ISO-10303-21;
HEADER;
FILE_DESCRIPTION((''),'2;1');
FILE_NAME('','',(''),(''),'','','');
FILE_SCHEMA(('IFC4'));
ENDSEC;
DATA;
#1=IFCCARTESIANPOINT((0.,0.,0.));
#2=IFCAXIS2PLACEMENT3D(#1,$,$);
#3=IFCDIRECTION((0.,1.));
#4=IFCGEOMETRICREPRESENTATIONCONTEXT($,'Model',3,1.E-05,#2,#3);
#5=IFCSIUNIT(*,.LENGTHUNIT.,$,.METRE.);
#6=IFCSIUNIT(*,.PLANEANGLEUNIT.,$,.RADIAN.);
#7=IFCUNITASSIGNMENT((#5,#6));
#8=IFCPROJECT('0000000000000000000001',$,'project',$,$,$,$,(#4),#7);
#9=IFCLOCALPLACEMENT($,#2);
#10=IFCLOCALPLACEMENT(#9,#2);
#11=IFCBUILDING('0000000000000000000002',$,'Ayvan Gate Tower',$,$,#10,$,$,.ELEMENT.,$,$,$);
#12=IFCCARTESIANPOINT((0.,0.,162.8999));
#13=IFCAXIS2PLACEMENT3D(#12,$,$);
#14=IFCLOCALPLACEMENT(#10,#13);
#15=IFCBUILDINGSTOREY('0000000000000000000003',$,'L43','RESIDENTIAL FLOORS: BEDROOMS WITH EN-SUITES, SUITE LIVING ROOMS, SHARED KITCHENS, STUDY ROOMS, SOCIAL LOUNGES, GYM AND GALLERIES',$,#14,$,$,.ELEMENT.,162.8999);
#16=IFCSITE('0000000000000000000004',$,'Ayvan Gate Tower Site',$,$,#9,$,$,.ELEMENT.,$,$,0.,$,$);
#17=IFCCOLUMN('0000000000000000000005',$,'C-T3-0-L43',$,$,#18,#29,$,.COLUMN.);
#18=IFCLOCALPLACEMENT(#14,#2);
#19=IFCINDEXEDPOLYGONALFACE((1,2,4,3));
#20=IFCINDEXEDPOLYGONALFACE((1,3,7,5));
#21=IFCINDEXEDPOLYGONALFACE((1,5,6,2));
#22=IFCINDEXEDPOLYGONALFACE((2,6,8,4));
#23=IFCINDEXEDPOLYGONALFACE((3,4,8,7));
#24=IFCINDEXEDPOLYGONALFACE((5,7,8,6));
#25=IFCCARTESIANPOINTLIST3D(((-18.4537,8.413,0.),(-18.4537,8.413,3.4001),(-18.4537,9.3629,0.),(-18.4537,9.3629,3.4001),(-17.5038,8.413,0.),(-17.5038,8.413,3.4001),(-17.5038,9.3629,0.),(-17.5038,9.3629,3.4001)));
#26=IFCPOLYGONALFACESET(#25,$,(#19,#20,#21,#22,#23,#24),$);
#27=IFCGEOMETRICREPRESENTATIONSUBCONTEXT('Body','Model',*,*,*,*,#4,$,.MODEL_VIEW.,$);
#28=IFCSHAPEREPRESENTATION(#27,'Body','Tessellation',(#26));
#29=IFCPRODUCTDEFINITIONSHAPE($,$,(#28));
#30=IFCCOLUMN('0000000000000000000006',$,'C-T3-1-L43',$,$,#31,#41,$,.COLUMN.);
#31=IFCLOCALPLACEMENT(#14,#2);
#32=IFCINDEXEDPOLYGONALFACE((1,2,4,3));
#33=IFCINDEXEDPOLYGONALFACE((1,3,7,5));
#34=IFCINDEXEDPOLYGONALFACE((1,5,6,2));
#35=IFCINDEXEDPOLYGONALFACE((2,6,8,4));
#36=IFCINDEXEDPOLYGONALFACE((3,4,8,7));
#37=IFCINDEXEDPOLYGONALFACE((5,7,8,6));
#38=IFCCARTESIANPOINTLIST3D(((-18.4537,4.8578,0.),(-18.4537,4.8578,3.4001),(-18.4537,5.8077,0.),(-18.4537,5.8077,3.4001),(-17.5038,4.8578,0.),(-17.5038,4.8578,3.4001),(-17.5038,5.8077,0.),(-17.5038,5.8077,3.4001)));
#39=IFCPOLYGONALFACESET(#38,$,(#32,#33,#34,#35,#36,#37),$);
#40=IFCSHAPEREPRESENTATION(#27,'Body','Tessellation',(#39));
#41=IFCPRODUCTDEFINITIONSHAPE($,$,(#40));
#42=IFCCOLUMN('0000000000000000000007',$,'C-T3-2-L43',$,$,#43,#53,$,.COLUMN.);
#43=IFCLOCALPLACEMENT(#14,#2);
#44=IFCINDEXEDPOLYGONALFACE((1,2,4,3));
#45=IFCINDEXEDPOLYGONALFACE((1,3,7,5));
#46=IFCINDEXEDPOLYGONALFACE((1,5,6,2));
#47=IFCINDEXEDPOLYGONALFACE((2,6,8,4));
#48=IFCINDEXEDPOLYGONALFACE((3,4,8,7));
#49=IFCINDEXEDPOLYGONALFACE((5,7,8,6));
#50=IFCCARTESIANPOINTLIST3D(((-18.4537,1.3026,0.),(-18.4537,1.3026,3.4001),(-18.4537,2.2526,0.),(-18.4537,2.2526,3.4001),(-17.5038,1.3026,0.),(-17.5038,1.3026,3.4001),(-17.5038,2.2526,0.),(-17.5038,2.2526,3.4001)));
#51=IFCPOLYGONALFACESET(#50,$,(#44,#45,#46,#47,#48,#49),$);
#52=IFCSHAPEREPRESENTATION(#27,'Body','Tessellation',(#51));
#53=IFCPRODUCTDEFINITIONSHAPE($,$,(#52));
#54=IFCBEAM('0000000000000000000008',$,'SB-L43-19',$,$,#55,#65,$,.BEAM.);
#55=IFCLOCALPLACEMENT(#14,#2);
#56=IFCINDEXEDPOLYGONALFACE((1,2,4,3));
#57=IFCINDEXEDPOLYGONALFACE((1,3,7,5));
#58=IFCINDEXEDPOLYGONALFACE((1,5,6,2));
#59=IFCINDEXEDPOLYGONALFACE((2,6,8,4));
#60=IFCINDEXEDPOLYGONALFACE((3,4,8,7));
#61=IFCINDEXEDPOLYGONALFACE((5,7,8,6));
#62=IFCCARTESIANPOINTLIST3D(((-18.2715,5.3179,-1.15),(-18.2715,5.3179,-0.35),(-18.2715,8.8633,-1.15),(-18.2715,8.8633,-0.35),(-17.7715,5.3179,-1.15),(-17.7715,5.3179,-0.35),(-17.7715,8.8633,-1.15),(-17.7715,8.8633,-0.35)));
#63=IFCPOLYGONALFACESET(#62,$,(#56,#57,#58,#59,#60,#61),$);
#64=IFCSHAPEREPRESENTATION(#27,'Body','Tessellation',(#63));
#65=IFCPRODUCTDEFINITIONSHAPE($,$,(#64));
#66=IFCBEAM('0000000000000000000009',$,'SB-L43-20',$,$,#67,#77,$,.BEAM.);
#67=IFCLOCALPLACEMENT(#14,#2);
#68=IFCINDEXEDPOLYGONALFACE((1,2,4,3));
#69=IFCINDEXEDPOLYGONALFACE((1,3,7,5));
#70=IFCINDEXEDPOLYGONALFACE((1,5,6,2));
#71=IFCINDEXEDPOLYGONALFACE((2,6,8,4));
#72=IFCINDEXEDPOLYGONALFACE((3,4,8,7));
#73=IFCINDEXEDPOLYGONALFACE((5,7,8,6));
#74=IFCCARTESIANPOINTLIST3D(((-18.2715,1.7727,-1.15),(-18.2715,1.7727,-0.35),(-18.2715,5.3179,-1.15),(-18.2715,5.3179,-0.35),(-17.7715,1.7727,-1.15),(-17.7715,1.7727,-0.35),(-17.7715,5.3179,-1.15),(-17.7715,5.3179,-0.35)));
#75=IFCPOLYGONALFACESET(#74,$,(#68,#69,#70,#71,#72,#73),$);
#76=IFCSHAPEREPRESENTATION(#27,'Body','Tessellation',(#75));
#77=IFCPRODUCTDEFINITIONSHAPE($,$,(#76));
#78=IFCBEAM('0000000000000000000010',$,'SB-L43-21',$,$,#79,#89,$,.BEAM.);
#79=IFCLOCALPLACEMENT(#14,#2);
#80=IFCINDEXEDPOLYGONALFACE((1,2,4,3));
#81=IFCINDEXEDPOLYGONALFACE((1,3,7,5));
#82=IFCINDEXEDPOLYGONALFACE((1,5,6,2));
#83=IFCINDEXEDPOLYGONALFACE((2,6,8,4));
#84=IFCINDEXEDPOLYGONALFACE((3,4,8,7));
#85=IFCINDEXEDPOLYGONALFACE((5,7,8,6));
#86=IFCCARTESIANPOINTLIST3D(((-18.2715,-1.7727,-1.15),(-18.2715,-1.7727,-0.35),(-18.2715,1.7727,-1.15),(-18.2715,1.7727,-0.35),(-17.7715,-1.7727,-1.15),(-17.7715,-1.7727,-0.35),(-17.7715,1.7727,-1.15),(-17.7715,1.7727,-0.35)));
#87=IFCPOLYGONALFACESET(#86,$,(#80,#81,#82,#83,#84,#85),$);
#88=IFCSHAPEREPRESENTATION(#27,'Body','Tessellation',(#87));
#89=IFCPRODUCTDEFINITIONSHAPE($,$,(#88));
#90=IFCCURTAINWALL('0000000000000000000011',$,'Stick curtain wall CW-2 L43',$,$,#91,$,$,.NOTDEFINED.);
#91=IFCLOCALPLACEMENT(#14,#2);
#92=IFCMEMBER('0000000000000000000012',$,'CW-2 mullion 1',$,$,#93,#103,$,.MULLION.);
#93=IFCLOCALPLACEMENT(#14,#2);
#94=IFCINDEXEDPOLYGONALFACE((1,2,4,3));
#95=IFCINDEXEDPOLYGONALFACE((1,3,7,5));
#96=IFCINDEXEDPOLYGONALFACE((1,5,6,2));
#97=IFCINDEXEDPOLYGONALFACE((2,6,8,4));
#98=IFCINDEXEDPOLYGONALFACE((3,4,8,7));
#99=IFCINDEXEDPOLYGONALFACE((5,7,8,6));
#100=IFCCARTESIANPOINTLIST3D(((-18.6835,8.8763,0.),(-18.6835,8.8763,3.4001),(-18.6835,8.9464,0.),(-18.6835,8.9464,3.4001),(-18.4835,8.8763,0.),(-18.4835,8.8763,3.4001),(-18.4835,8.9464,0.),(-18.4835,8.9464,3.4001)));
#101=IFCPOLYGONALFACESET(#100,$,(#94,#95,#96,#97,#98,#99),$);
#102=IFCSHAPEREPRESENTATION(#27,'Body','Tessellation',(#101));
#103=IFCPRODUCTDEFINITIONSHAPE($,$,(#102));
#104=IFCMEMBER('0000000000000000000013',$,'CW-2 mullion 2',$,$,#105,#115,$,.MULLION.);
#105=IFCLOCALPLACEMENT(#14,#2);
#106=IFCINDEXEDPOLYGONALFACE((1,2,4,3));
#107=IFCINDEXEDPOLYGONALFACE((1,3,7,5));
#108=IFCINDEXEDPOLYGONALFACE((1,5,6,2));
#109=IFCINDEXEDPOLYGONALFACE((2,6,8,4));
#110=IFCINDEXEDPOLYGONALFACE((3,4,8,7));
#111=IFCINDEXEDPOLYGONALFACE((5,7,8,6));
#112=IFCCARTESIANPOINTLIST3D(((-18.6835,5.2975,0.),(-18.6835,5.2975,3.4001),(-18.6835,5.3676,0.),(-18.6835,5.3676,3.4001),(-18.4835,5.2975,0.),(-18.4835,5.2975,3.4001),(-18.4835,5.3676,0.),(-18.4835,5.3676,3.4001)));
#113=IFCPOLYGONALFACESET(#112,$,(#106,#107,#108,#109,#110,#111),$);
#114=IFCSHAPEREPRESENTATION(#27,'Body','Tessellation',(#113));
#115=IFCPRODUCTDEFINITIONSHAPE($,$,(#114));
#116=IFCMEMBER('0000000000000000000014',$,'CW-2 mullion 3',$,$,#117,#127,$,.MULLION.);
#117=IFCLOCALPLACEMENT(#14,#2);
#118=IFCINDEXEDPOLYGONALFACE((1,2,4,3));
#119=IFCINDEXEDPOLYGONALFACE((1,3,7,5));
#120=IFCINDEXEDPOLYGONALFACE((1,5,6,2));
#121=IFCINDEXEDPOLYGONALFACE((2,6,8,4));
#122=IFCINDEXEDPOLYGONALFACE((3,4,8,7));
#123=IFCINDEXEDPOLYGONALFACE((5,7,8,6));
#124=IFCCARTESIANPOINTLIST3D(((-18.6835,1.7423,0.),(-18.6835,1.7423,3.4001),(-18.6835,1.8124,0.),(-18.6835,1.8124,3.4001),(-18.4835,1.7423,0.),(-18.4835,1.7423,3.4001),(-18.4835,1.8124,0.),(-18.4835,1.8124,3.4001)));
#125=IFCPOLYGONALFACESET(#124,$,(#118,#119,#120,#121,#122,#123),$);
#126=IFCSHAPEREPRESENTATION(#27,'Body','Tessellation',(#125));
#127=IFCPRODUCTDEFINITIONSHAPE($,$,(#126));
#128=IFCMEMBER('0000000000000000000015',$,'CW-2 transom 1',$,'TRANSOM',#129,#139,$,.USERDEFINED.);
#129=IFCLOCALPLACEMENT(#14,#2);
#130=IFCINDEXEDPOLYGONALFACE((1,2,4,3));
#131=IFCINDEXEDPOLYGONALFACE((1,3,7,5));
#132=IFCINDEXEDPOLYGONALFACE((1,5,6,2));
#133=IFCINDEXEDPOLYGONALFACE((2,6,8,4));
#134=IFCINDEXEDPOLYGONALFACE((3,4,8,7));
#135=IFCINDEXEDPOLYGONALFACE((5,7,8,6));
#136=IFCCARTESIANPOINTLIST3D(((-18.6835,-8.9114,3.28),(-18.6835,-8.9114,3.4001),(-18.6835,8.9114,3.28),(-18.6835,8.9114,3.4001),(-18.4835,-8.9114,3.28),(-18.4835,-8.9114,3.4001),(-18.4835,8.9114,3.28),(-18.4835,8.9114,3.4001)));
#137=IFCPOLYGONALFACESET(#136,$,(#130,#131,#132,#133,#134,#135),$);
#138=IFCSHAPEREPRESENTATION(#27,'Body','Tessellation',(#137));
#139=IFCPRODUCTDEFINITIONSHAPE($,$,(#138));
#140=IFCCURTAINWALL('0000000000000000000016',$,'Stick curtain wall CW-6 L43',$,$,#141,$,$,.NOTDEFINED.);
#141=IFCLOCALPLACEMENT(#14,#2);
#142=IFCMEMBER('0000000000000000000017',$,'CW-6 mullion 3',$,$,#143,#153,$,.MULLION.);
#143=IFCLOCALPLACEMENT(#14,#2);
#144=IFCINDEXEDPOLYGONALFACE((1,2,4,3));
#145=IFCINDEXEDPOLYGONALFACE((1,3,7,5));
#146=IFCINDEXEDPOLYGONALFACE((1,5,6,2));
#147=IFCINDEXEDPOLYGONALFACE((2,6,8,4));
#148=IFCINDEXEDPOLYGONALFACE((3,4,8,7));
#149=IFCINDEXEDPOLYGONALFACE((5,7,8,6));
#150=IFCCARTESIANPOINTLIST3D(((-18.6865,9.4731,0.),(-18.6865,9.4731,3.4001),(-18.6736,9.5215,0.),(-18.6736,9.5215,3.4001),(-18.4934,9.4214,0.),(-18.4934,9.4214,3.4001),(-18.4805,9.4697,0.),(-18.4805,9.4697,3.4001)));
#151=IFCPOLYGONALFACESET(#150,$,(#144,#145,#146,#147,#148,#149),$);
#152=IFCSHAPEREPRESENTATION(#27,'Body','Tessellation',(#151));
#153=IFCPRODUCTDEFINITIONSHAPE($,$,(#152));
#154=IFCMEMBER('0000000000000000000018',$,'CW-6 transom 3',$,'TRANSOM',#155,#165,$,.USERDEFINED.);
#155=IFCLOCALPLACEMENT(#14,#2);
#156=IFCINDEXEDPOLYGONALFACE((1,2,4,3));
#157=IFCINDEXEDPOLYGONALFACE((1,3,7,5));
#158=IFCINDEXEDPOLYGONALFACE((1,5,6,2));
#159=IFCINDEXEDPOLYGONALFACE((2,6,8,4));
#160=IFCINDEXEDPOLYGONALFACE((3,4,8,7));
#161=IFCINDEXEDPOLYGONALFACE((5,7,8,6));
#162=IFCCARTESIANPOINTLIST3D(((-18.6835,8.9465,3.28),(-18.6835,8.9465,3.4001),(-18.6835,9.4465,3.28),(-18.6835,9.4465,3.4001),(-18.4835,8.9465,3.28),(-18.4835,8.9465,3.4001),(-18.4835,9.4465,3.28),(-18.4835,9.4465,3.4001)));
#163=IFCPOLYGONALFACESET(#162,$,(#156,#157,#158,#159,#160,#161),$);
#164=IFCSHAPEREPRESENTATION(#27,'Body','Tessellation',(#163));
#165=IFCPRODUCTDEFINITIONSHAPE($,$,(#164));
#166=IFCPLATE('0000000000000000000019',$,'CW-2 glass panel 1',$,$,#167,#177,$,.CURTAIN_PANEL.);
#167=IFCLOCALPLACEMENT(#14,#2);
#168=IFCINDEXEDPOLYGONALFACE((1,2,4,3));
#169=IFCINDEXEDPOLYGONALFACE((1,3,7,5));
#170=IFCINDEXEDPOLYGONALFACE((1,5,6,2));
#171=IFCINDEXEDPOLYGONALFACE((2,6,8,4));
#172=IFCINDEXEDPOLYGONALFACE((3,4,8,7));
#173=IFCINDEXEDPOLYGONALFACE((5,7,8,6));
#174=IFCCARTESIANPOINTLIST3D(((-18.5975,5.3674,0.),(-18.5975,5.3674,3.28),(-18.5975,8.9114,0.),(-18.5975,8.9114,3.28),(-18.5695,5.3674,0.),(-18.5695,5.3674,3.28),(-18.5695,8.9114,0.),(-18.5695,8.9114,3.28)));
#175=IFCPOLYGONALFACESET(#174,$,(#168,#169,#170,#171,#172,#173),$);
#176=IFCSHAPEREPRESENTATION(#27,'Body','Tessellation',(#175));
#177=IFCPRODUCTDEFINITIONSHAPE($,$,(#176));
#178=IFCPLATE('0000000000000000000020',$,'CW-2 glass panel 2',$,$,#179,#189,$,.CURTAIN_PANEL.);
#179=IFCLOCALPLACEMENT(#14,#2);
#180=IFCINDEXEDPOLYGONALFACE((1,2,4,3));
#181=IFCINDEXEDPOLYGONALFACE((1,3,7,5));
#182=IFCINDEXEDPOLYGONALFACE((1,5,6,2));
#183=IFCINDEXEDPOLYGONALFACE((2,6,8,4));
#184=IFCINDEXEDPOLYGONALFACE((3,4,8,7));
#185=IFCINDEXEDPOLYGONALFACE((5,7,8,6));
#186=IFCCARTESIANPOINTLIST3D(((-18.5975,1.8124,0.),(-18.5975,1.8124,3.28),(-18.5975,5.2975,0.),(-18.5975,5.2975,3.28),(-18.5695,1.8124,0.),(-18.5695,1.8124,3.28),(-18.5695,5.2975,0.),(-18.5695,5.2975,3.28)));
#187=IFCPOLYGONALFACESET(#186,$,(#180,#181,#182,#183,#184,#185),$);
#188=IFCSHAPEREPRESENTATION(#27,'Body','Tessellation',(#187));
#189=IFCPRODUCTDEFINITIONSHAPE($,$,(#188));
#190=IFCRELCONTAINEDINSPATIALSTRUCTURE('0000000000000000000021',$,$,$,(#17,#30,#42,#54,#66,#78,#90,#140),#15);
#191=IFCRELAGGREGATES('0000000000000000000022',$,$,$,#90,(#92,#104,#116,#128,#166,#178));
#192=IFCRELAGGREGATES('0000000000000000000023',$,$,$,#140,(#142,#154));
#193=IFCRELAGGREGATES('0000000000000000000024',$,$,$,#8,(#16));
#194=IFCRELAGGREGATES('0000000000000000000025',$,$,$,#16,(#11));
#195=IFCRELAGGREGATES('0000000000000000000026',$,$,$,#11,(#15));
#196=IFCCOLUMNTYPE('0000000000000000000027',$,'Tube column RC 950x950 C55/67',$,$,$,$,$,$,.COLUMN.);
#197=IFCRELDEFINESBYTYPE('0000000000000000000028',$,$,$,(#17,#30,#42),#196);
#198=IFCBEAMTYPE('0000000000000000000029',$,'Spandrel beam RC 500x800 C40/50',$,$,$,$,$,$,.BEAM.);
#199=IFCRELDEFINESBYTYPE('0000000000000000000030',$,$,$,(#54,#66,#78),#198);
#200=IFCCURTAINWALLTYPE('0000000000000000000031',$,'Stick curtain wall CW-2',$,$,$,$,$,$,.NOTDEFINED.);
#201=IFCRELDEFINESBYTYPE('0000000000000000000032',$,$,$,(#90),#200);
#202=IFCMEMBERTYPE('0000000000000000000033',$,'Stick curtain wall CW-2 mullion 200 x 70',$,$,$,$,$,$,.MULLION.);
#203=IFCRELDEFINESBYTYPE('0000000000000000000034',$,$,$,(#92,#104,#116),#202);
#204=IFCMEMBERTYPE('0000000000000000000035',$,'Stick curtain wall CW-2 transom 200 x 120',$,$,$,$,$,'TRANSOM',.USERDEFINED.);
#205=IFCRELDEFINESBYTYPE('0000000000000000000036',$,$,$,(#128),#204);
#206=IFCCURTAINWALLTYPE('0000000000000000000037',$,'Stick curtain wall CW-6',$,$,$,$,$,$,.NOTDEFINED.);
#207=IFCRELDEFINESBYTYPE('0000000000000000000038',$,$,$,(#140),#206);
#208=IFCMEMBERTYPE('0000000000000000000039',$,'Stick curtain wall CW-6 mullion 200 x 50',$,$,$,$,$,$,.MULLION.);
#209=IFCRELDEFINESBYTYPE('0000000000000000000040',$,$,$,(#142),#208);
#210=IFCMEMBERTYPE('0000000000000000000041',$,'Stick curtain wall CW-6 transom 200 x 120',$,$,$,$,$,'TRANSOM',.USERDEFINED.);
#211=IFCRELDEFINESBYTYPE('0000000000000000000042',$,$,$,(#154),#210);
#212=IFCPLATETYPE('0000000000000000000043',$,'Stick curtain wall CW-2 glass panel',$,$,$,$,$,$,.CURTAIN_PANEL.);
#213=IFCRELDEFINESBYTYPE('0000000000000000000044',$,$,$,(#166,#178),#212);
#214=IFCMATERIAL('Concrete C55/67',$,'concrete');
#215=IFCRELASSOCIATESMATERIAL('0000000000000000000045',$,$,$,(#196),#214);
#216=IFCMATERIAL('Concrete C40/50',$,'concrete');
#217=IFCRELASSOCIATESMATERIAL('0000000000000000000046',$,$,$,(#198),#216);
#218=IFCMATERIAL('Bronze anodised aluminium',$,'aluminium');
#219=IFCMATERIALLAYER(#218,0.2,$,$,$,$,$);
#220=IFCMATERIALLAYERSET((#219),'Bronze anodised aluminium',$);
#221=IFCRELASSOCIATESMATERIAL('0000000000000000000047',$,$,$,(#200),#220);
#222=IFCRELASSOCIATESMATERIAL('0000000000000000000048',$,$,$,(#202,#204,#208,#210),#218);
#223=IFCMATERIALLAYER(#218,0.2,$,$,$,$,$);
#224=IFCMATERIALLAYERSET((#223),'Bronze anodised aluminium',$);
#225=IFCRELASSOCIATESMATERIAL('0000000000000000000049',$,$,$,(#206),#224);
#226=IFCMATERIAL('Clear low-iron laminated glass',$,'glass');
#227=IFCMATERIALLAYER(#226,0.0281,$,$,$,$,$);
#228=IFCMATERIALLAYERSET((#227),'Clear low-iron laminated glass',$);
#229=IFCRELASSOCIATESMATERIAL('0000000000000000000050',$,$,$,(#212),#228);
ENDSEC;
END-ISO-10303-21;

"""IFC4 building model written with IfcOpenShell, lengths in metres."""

from ifc_helpers import new_model, si_unit, direction, frame, origin, origin_2d, place, context, subcontext, project, spatial, rectangle, extrude, material, layer, layer_set, material_profile, profile_set, type_object, element, aggregate, save


model = new_model("IFC4")

# Units and contexts
model_context = context("Model", 3, precision=1e-05, world=origin(), true_north=direction((0.0, 1.0)))
body_context = subcontext(model_context, "Body", "Model", "MODEL_VIEW")
ifc_project = project(units=[si_unit("LENGTHUNIT", "METRE"), si_unit("PLANEANGLEUNIT", "RADIAN")], contexts=[model_context])

# Site, building, storey
site_placement = place(None, origin())
site = spatial("IfcSite", under=ifc_project, at=site_placement, Name="Ayvan Gate Tower Site", CompositionType="ELEMENT", RefElevation=0.0)
building_placement = place(site_placement, origin())
building = spatial("IfcBuilding", under=site, at=building_placement, Name="Ayvan Gate Tower", CompositionType="ELEMENT")
storey_placement = place(building_placement, frame((0.0, 0.0, 162.8999)))
storey = spatial("IfcBuildingStorey", under=building, at=storey_placement, Name="L43", Description="RESIDENTIAL FLOORS: BEDROOMS WITH EN-SUITES, SUITE LIVING ROOMS, SHARED KITCHENS, STUDY ROOMS, SOCIAL LOUNGES, GYM AND GALLERIES", CompositionType="ELEMENT", Elevation=162.8999)

# Columns
ifc_material_1 = material(Name="Concrete C55/67", Category="concrete")
ifc_material_profile_1 = material_profile(ifc_material_1, rectangle(XDim=0.95, YDim=0.95, at=origin_2d()), Name="RC 950x950")
ifc_profile_set_1 = profile_set([ifc_material_profile_1], Name="Concrete C55/67")
column_type = type_object("IfcColumnType", Name="Tube column RC 950x950 C55/67", PredefinedType="COLUMN", material=ifc_profile_set_1)
for number, where, z_axis, x_axis, name in (
    (1, (-17.9788, 8.8879, 0.0), (0.0, 0.0, 1.0), (-1.0, 0.0, 0.0), "C-T3-0-L43"),
    (2, (-17.9788, 5.3328, 0.0), (0.0, 0.0, 1.0), (-1.0, 0.0, 0.0), "C-T3-1-L43"),
    (3, (-17.9788, 1.7776, 0.0), (0.0, 0.0, 1.0), (-1.0, 0.0, 0.0), "C-T3-2-L43"),
):
    element("IfcColumn", number, at=place(storey_placement, frame(where, z_axis=z_axis, x_axis=x_axis)), inside=storey, type_object=column_type, Name=name, PredefinedType="COLUMN", context=body_context, shape_type="SweptSolid", body=[
        extrude(rectangle(XDim=0.95, YDim=0.95, at=origin_2d()), origin(), (0.0, 0.0, 1.0), 3.4001),
    ])

# Beams
ifc_material_2 = material(Name="Concrete C40/50", Category="concrete")
ifc_material_profile_2 = material_profile(ifc_material_2, rectangle(XDim=0.5, YDim=0.8, at=origin_2d()), Name="RC 500x800")
ifc_profile_set_2 = profile_set([ifc_material_profile_2], Name="Concrete C40/50")
beam_type = type_object("IfcBeamType", Name="Spandrel beam RC 500x800 C40/50", PredefinedType="BEAM", material=ifc_profile_set_2)
beam_1_placement = place(storey_placement, frame((-18.0215, 8.8633, -0.75), z_axis=(0.0, -1.0, 0.0), x_axis=(1.0, 0.0, 0.0)))
element("IfcBeam", 4, at=beam_1_placement, inside=storey, type_object=beam_type, Name="SB-L43-19", PredefinedType="BEAM", context=body_context, shape_type="SweptSolid", body=[
    extrude(rectangle(XDim=0.5, YDim=0.8, at=origin_2d()), origin(), (0.0, 0.0, 1.0), 3.5454),
])
beam_2_placement = place(storey_placement, frame((-18.0215, 5.3179, -0.75), z_axis=(0.0, -1.0, 0.0), x_axis=(1.0, 0.0, 0.0)))
element("IfcBeam", 5, at=beam_2_placement, inside=storey, type_object=beam_type, Name="SB-L43-20", PredefinedType="BEAM", context=body_context, shape_type="SweptSolid", body=[
    extrude(rectangle(XDim=0.5, YDim=0.8, at=origin_2d()), origin(), (0.0, 0.0, 1.0), 3.5452),
])
beam_3_placement = place(storey_placement, frame((-18.0215, 1.7727, -0.75), z_axis=(0.0, -1.0, 0.0), x_axis=(1.0, 0.0, 0.0)))
element("IfcBeam", 6, at=beam_3_placement, inside=storey, type_object=beam_type, Name="SB-L43-21", PredefinedType="BEAM", context=body_context, shape_type="SweptSolid", body=[
    extrude(rectangle(XDim=0.5, YDim=0.8, at=origin_2d()), origin(), (0.0, 0.0, 1.0), 3.5454),
])

# Curtain walls, members
ifc_material_3 = material(Name="Bronze anodised aluminium", Category="aluminium")
ifc_layer_1 = layer(ifc_material_3, 0.2)
ifc_layer_set_1 = layer_set([ifc_layer_1], Name="Bronze anodised aluminium")
curtain_wall_type_1 = type_object("IfcCurtainWallType", Name="Stick curtain wall CW-2", PredefinedType="NOTDEFINED", material=ifc_layer_set_1)
curtain_wall_1_placement = place(storey_placement, origin())
curtain_wall_1 = element("IfcCurtainWall", 7, at=curtain_wall_1_placement, inside=storey, type_object=curtain_wall_type_1, Name="Stick curtain wall CW-2 L43", PredefinedType="NOTDEFINED")
ifc_material_profile_3 = material_profile(ifc_material_3, rectangle(XDim=0.2, YDim=0.0701, at=origin_2d()), Name="Stick curtain wall CW-2 mullion 200 x 70")
ifc_profile_set_3 = profile_set([ifc_material_profile_3], Name="Bronze anodised aluminium")
member_type_1 = type_object("IfcMemberType", Name="Stick curtain wall CW-2 mullion 200 x 70", PredefinedType="MULLION", material=ifc_profile_set_3)
member_1_placement = place(storey_placement, frame((-18.5835, 8.9114, 0.0), z_axis=(0.0, 0.0, 1.0), x_axis=(-1.0, 0.0, 0.0)))
member_1 = element("IfcMember", 8, at=member_1_placement, type_object=member_type_1, Name="CW-2 mullion 1", PredefinedType="MULLION", context=body_context, shape_type="SweptSolid", body=[
    extrude(rectangle(XDim=0.2, YDim=0.0701, at=origin_2d()), origin(), (0.0, 0.0, 1.0), 3.4001),
])
member_2_placement = place(storey_placement, frame((-18.5835, 5.3325, 0.0), z_axis=(0.0, 0.0, 1.0), x_axis=(-1.0, 0.0, 0.0)))
member_2 = element("IfcMember", 9, at=member_2_placement, type_object=member_type_1, Name="CW-2 mullion 2", PredefinedType="MULLION", context=body_context, shape_type="SweptSolid", body=[
    extrude(rectangle(XDim=0.2, YDim=0.0701, at=origin_2d()), origin(), (0.0, 0.0, 1.0), 3.4001),
])
member_3_placement = place(storey_placement, frame((-18.5835, 1.7773, 0.0), z_axis=(0.0, 0.0, 1.0), x_axis=(-1.0, 0.0, 0.0)))
member_3 = element("IfcMember", 10, at=member_3_placement, type_object=member_type_1, Name="CW-2 mullion 3", PredefinedType="MULLION", context=body_context, shape_type="SweptSolid", body=[
    extrude(rectangle(XDim=0.2, YDim=0.0701, at=origin_2d()), origin(), (0.0, 0.0, 1.0), 3.4001),
])
ifc_material_profile_4 = material_profile(ifc_material_3, rectangle(XDim=0.2, YDim=0.1201, at=origin_2d()), Name="Stick curtain wall CW-2 transom 200 x 120")
ifc_profile_set_4 = profile_set([ifc_material_profile_4], Name="Bronze anodised aluminium")
member_type_2 = type_object("IfcMemberType", Name="Stick curtain wall CW-2 transom 200 x 120", ElementType="TRANSOM", PredefinedType="USERDEFINED", material=ifc_profile_set_4)
member_4_placement = place(storey_placement, frame((-18.5835, 8.9114, 3.3401), z_axis=(0.0, -1.0, 0.0), x_axis=(1.0, 0.0, 0.0)))
member_4 = element("IfcMember", 11, at=member_4_placement, type_object=member_type_2, Name="CW-2 transom 1", ObjectType="TRANSOM", PredefinedType="USERDEFINED", context=body_context, shape_type="SweptSolid", body=[
    extrude(rectangle(XDim=0.2, YDim=0.1201, at=origin_2d()), origin(), (0.0, 0.0, 1.0), 17.8228),
])
ifc_layer_2 = layer(ifc_material_3, 0.2)
ifc_layer_set_2 = layer_set([ifc_layer_2], Name="Bronze anodised aluminium")
curtain_wall_type_2 = type_object("IfcCurtainWallType", Name="Stick curtain wall CW-6", PredefinedType="NOTDEFINED", material=ifc_layer_set_2)
curtain_wall_2_placement = place(storey_placement, origin())
curtain_wall_2 = element("IfcCurtainWall", 12, at=curtain_wall_2_placement, inside=storey, type_object=curtain_wall_type_2, Name="Stick curtain wall CW-6 L43", PredefinedType="NOTDEFINED")
ifc_material_profile_5 = material_profile(ifc_material_3, rectangle(XDim=0.2, YDim=0.05, at=origin_2d()), Name="Stick curtain wall CW-6 mullion 200 x 50")
ifc_profile_set_5 = profile_set([ifc_material_profile_5], Name="Bronze anodised aluminium")
member_type_3 = type_object("IfcMemberType", Name="Stick curtain wall CW-6 mullion 200 x 50", PredefinedType="MULLION", material=ifc_profile_set_5)
member_5_placement = place(storey_placement, frame((-18.5835, 9.4714, 0.0), z_axis=(0.0, 0.0, 1.0), x_axis=(-0.965926, 0.258819, 0.0)))
member_5 = element("IfcMember", 13, at=member_5_placement, type_object=member_type_3, Name="CW-6 mullion 3", PredefinedType="MULLION", context=body_context, shape_type="SweptSolid", body=[
    extrude(rectangle(XDim=0.2, YDim=0.05, at=origin_2d()), origin(), (0.0, 0.0, 1.0), 3.4001),
])
ifc_material_profile_6 = material_profile(ifc_material_3, rectangle(XDim=0.2, YDim=0.1201, at=origin_2d()), Name="Stick curtain wall CW-6 transom 200 x 120")
ifc_profile_set_6 = profile_set([ifc_material_profile_6], Name="Bronze anodised aluminium")
member_type_4 = type_object("IfcMemberType", Name="Stick curtain wall CW-6 transom 200 x 120", ElementType="TRANSOM", PredefinedType="USERDEFINED", material=ifc_profile_set_6)
member_6_placement = place(storey_placement, frame((-18.5835, 9.4465, 3.3401), z_axis=(0.0, -1.0, 0.0), x_axis=(1.0, 0.0, 0.0)))
member_6 = element("IfcMember", 14, at=member_6_placement, type_object=member_type_4, Name="CW-6 transom 3", ObjectType="TRANSOM", PredefinedType="USERDEFINED", context=body_context, shape_type="SweptSolid", body=[
    extrude(rectangle(XDim=0.2, YDim=0.1201, at=origin_2d()), origin(), (0.0, 0.0, 1.0), 0.5),
])

# Plates
ifc_material_4 = material(Name="Clear low-iron laminated glass", Category="glass")
ifc_layer_3 = layer(ifc_material_4, 0.0281)
ifc_layer_set_3 = layer_set([ifc_layer_3], Name="Clear low-iron laminated glass")
plate_type_1 = type_object("IfcPlateType", Name="Stick curtain wall CW-2 glass panel", PredefinedType="CURTAIN_PANEL", material=ifc_layer_set_3)
plate_1_placement = place(storey_placement, frame((-18.5835, 7.1394, 0.0), z_axis=(0.0, 0.0, 1.0), x_axis=(0.0, -1.0, 0.0)))
plate_1 = element("IfcPlate", 15, at=plate_1_placement, type_object=plate_type_1, Name="CW-2 glass panel 1", PredefinedType="CURTAIN_PANEL", context=body_context, shape_type="SweptSolid", body=[
    extrude(rectangle(XDim=3.5439, YDim=0.0281, at=origin_2d()), origin(), (0.0, 0.0, 1.0), 3.28),
])
plate_2_placement = place(storey_placement, frame((-18.5835, 3.5549, 0.0), z_axis=(0.0, 0.0, 1.0), x_axis=(0.0, -1.0, 0.0)))
plate_2 = element("IfcPlate", 16, at=plate_2_placement, type_object=plate_type_1, Name="CW-2 glass panel 2", PredefinedType="CURTAIN_PANEL", context=body_context, shape_type="SweptSolid", body=[
    extrude(rectangle(XDim=3.4851, YDim=0.0281, at=origin_2d()), origin(), (0.0, 0.0, 1.0), 3.28),
])
aggregate(curtain_wall_1, [member_1, member_2, member_3, member_4, plate_1, plate_2])
aggregate(curtain_wall_2, [member_5, member_6])

save(model, "model.ifc")
